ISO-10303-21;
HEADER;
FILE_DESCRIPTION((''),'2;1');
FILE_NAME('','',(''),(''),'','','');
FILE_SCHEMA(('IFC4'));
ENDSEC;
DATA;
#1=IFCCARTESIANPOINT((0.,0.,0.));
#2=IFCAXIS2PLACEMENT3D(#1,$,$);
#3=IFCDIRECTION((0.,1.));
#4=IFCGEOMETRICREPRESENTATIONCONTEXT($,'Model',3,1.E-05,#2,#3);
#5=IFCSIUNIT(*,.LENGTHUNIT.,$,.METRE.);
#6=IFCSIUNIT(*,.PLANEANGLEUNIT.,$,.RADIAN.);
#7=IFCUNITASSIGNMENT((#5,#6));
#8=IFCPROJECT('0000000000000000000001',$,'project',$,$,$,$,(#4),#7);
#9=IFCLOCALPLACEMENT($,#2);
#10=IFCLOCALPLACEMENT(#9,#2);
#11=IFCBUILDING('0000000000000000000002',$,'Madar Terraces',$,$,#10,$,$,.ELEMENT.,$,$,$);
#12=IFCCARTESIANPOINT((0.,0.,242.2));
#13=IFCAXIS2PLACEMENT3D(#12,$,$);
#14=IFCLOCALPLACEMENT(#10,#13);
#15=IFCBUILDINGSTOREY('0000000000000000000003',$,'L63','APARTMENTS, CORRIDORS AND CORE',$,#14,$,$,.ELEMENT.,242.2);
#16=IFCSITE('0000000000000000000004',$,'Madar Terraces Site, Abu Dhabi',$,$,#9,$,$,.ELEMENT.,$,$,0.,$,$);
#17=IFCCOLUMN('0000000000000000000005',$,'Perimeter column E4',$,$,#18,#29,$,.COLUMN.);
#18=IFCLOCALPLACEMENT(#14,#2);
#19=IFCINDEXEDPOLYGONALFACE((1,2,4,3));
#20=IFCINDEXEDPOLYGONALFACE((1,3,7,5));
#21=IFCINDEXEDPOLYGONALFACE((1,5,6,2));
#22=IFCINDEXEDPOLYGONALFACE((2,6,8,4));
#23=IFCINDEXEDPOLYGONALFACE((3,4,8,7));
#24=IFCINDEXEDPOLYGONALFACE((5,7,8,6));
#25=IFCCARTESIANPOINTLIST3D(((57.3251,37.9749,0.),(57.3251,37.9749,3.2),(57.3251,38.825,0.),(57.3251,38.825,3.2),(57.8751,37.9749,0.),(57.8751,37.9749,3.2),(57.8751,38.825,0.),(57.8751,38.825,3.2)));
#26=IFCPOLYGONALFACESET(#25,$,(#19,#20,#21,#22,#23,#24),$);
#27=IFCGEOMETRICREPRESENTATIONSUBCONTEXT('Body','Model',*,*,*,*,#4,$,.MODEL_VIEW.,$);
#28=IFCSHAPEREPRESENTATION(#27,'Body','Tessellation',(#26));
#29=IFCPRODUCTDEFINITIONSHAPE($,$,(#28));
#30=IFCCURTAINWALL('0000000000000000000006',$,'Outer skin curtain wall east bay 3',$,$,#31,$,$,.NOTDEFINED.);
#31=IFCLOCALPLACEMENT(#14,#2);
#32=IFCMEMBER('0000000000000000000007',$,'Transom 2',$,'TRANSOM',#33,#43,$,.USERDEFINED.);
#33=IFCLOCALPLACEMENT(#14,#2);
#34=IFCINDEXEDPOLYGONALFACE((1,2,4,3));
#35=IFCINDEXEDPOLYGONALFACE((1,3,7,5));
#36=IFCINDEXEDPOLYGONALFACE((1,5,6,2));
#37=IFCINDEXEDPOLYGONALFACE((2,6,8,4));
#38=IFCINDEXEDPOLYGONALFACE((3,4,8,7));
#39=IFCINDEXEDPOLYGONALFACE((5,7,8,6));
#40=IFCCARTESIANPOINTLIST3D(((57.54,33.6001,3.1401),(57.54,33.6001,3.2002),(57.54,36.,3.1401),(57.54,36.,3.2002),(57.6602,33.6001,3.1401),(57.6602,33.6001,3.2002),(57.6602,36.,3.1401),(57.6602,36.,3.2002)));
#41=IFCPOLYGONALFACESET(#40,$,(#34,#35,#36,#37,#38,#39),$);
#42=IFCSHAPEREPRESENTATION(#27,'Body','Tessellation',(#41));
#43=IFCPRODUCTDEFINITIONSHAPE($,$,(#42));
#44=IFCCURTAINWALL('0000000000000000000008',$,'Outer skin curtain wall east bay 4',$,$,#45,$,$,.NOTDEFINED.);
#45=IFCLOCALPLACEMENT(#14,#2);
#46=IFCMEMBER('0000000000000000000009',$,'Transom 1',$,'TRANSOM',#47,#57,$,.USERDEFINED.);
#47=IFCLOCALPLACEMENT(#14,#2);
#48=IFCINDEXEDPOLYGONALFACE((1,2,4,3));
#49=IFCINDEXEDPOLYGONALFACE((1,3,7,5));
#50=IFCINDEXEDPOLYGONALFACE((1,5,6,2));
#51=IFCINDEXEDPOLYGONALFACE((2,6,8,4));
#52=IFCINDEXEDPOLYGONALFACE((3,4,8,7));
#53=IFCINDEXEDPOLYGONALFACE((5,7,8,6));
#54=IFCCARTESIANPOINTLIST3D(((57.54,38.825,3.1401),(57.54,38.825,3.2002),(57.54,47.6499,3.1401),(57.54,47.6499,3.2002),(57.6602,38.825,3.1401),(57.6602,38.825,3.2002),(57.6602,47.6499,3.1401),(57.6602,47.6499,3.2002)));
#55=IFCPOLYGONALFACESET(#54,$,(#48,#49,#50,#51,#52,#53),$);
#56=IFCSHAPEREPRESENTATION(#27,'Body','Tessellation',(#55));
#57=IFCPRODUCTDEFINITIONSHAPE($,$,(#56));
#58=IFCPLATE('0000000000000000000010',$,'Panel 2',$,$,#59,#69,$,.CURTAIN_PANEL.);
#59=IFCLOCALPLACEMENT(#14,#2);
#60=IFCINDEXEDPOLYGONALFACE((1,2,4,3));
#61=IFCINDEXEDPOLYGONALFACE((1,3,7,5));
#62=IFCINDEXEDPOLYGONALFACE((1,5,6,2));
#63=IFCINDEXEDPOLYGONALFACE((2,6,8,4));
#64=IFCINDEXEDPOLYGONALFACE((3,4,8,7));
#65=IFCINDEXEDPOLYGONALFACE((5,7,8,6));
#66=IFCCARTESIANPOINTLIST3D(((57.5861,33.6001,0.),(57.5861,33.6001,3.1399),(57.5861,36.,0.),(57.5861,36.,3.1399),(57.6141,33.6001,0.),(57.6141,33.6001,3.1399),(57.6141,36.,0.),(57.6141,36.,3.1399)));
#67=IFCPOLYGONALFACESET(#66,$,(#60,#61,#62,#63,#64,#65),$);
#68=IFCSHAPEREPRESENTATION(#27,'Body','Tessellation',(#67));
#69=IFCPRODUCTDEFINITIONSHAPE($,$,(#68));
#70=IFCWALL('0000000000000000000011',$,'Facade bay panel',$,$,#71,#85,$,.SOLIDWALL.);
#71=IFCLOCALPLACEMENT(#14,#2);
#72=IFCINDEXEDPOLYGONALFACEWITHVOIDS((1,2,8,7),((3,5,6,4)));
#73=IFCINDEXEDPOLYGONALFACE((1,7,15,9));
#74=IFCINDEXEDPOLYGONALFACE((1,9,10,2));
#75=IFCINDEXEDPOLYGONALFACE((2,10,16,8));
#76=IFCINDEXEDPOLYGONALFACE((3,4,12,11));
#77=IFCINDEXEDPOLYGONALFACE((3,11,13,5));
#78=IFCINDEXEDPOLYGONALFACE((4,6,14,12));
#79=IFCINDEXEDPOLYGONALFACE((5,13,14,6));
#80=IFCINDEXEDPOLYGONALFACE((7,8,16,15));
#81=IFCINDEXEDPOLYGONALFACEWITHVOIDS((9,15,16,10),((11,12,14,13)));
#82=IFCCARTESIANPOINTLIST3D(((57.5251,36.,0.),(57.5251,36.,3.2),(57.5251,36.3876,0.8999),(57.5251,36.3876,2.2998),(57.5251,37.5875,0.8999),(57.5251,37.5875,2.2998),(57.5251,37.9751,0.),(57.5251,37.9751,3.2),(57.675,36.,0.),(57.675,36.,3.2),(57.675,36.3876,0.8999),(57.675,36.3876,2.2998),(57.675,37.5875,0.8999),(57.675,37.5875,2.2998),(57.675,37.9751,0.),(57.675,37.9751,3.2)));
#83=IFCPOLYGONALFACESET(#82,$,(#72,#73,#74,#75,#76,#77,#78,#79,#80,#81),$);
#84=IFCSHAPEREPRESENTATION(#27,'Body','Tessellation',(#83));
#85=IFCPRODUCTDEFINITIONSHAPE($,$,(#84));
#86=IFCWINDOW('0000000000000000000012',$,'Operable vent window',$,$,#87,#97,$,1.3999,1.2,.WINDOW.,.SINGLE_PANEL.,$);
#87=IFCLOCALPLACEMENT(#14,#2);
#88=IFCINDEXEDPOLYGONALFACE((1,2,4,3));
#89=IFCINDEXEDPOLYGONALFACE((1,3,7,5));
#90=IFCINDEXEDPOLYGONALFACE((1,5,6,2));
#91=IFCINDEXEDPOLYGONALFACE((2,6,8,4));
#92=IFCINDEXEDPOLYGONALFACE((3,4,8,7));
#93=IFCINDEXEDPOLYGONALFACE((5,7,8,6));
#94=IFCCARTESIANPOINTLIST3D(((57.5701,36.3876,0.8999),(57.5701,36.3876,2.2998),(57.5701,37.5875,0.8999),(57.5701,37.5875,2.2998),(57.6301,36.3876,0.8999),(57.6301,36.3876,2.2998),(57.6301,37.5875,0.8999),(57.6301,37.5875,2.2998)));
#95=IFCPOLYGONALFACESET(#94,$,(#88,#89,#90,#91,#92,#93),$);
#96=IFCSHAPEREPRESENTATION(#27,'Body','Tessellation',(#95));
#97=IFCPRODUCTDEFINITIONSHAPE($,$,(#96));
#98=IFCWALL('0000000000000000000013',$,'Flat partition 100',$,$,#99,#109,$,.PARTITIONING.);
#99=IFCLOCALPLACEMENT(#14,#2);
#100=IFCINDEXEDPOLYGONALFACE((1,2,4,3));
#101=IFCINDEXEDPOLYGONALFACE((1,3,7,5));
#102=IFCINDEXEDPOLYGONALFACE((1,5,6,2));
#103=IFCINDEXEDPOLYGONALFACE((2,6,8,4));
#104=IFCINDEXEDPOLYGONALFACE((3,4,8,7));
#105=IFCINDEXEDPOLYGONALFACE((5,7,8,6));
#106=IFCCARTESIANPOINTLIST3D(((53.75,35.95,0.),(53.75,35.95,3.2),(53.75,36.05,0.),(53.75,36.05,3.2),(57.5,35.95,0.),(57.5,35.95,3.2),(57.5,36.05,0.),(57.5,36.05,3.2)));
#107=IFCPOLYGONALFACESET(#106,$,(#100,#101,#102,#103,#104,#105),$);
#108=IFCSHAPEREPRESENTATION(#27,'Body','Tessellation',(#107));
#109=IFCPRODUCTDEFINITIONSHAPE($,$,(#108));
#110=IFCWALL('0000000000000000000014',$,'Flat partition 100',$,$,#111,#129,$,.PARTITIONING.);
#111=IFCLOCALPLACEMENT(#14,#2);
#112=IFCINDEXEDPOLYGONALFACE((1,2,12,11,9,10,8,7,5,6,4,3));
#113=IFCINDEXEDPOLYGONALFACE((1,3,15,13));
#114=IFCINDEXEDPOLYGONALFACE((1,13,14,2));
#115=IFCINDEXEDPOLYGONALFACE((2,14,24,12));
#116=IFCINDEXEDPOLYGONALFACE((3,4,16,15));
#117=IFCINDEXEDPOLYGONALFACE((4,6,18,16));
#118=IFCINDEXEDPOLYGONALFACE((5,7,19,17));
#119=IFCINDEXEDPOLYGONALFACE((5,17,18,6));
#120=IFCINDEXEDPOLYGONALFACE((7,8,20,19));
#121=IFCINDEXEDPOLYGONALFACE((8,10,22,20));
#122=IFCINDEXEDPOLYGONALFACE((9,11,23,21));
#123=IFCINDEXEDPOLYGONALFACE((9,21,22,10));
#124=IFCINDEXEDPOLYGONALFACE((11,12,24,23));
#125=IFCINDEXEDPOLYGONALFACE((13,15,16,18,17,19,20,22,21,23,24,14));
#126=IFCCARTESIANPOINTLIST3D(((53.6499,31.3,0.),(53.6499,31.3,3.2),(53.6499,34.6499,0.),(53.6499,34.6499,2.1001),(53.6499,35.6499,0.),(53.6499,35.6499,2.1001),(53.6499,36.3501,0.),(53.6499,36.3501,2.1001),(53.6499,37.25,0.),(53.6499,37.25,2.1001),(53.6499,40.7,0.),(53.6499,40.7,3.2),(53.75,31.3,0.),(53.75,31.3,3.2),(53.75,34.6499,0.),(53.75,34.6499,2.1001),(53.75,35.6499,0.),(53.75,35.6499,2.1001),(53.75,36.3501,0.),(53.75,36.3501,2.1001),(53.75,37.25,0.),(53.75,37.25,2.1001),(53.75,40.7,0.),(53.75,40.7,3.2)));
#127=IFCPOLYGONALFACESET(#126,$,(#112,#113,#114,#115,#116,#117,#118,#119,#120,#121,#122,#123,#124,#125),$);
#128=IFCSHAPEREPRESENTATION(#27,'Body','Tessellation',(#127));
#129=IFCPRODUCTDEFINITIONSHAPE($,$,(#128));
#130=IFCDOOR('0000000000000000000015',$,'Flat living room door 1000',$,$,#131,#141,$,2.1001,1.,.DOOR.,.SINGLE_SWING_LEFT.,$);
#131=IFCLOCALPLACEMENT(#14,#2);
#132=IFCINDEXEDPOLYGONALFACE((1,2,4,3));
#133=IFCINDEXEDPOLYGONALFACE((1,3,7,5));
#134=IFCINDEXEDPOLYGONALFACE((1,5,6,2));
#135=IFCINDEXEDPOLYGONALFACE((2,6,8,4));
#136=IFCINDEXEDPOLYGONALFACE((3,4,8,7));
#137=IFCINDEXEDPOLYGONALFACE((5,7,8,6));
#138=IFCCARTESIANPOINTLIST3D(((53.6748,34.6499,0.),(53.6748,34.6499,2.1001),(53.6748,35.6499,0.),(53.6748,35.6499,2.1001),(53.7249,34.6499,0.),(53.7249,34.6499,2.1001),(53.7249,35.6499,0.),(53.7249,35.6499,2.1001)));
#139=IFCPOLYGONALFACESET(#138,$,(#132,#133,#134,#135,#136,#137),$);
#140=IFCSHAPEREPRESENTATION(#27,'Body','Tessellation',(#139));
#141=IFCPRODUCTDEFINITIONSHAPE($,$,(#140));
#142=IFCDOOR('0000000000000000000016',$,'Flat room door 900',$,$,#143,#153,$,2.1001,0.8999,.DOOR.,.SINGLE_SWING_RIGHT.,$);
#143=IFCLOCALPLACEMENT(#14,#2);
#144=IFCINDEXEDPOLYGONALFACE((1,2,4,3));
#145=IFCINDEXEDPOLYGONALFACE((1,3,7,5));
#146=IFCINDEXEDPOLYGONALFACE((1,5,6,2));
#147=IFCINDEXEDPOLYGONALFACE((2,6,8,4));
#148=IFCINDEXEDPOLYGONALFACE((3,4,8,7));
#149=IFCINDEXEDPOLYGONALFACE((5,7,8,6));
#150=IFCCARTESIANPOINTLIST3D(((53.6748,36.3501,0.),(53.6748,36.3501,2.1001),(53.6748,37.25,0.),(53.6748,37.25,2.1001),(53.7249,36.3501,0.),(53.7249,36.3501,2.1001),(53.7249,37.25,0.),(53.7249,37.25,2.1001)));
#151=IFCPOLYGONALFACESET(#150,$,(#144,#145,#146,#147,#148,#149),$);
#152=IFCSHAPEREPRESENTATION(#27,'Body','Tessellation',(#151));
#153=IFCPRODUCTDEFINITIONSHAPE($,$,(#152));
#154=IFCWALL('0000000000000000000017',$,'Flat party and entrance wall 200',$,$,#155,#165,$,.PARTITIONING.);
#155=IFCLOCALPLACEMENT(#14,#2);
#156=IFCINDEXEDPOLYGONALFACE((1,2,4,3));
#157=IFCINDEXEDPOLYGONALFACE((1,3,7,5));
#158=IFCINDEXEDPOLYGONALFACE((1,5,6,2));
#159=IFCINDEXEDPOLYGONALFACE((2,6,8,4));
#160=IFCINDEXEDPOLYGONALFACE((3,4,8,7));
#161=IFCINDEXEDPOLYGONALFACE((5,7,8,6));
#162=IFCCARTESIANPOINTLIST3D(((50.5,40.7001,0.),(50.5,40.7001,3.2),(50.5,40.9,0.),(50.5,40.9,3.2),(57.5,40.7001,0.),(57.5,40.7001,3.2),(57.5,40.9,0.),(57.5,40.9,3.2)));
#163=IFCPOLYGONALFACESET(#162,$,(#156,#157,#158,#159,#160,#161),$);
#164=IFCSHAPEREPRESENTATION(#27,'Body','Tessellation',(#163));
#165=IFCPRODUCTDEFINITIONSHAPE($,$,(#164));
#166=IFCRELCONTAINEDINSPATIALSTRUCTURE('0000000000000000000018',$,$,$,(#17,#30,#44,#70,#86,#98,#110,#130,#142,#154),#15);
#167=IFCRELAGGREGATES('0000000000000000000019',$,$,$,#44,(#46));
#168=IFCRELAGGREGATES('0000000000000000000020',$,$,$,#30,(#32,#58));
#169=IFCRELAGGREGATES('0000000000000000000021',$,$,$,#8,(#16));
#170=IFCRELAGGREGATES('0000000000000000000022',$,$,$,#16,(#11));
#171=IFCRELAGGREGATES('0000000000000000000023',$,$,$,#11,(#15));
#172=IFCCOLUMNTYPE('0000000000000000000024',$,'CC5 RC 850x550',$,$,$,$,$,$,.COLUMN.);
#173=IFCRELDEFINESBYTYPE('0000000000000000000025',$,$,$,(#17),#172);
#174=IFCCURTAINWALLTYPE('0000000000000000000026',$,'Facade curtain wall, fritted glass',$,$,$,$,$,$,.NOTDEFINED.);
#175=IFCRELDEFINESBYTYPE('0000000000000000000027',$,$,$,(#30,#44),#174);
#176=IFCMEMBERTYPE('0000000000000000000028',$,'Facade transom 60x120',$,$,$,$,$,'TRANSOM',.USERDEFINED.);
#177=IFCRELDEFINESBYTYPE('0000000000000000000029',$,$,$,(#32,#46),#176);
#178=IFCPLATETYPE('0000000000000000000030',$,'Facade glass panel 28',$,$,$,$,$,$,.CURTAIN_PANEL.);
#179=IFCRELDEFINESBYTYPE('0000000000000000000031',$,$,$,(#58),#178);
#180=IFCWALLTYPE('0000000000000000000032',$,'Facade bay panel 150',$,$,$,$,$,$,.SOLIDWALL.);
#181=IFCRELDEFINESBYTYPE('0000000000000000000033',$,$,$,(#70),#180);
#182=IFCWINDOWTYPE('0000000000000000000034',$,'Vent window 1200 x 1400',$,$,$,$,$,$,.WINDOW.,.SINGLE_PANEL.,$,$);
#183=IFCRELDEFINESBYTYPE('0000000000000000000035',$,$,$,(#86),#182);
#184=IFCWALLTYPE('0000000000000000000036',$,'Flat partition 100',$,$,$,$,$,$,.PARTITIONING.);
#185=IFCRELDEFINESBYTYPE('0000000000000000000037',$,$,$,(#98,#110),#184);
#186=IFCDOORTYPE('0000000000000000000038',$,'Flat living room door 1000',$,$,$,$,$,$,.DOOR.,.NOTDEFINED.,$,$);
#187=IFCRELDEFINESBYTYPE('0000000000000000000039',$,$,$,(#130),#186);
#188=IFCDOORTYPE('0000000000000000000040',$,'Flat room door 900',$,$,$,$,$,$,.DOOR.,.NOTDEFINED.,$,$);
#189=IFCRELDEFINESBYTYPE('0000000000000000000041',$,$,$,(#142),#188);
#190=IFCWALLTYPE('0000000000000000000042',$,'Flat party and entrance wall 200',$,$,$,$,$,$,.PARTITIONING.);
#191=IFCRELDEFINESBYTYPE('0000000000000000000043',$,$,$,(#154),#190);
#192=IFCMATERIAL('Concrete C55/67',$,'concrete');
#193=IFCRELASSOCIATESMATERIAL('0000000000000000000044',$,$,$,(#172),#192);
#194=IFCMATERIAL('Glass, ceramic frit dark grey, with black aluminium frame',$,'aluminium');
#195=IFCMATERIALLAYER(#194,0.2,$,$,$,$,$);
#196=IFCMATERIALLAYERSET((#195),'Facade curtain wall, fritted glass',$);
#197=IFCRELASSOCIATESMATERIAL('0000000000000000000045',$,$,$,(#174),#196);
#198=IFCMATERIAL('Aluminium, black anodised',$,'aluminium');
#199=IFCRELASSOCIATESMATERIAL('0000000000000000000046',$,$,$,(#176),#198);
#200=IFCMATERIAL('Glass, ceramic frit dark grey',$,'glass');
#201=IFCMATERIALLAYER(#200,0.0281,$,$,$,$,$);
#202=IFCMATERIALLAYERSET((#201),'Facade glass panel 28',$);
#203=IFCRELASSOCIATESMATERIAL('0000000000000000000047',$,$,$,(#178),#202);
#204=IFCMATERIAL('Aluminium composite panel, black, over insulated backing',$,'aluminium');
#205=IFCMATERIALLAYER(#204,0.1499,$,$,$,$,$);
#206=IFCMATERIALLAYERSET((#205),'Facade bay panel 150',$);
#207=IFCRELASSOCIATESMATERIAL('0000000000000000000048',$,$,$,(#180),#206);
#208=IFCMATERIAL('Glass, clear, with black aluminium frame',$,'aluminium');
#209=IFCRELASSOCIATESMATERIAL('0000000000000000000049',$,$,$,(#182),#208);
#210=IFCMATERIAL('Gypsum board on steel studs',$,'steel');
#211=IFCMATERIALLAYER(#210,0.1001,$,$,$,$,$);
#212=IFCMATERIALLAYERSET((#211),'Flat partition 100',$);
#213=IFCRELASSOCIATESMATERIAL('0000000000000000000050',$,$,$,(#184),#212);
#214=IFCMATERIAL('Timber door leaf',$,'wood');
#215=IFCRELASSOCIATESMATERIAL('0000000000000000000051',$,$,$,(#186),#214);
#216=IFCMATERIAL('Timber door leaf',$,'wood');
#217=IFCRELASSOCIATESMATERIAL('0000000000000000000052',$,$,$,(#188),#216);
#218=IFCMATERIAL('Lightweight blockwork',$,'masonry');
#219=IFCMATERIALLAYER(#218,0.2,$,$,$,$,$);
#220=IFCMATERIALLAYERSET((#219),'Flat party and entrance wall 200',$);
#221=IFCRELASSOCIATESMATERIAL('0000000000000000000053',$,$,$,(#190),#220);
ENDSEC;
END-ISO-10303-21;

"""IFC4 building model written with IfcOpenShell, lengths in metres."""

from ifc_helpers import new_model, si_unit, direction, frame, frame_2d, origin, origin_2d, place, context, subcontext, project, spatial, rectangle, extrude, material, layer, layer_set, material_profile, profile_set, type_object, element, fill, aggregate, save


model = new_model("IFC4")

# Units and contexts
model_context = context("Model", 3, precision=1e-05, world=origin(), true_north=direction((0.0, 1.0)))
body_context = subcontext(model_context, "Body", "Model", "MODEL_VIEW")
ifc_project = project(units=[si_unit("LENGTHUNIT", "METRE"), si_unit("PLANEANGLEUNIT", "RADIAN")], contexts=[model_context])

# Site, building, storey
site_placement = place(None, origin())
site = spatial("IfcSite", under=ifc_project, at=site_placement, Name="Madar Terraces Site, Abu Dhabi", CompositionType="ELEMENT", RefElevation=0.0)
building_placement = place(site_placement, origin())
building = spatial("IfcBuilding", under=site, at=building_placement, Name="Madar Terraces", CompositionType="ELEMENT")
storey_placement = place(building_placement, frame((0.0, 0.0, 242.2)))
storey = spatial("IfcBuildingStorey", under=building, at=storey_placement, Name="L63", Description="APARTMENTS, CORRIDORS AND CORE", CompositionType="ELEMENT", Elevation=242.2)

# Column
ifc_material_1 = material(Name="Concrete C55/67", Category="concrete")
ifc_material_profile_1 = material_profile(ifc_material_1, rectangle(XDim=0.8501, YDim=0.55, at=origin_2d()), Name="CC5 RC 850x550")
ifc_profile_set_1 = profile_set([ifc_material_profile_1], Name="Concrete C55/67")
column_type = type_object("IfcColumnType", Name="CC5 RC 850x550", PredefinedType="COLUMN", material=ifc_profile_set_1)
column_placement = place(storey_placement, frame((57.6001, 38.3999, 0.0), z_axis=(0.0, 0.0, 1.0), x_axis=(0.0, 1.0, 0.0)))
element("IfcColumn", 1, at=column_placement, inside=storey, type_object=column_type, Name="Perimeter column E4", PredefinedType="COLUMN", context=body_context, shape_type="SweptSolid", body=[
    extrude(rectangle(XDim=0.8501, YDim=0.55, at=origin_2d()), origin(), (0.0, 0.0, 1.0), 3.2),
])

# Curtain walls, members
ifc_material_2 = material(Name="Glass, ceramic frit dark grey, with black aluminium frame", Category="aluminium")
ifc_layer_1 = layer(ifc_material_2, 0.2)
ifc_layer_set_1 = layer_set([ifc_layer_1], Name="Facade curtain wall, fritted glass")
curtain_wall_type = type_object("IfcCurtainWallType", Name="Facade curtain wall, fritted glass", PredefinedType="NOTDEFINED", material=ifc_layer_set_1)
curtain_wall_1_placement = place(storey_placement, origin())
curtain_wall_1 = element("IfcCurtainWall", 2, at=curtain_wall_1_placement, inside=storey, type_object=curtain_wall_type, Name="Outer skin curtain wall east bay 3", PredefinedType="NOTDEFINED")
ifc_material_3 = material(Name="Aluminium, black anodised", Category="aluminium")
ifc_material_profile_2 = material_profile(ifc_material_3, rectangle(XDim=0.1201, YDim=0.0601, at=origin_2d()), Name="Facade transom 60x120")
ifc_profile_set_2 = profile_set([ifc_material_profile_2], Name="Aluminium, black anodised")
member_type = type_object("IfcMemberType", Name="Facade transom 60x120", ElementType="TRANSOM", PredefinedType="USERDEFINED", material=ifc_profile_set_2)
member_1_placement = place(storey_placement, frame((57.6001, 33.6001, 3.1702), z_axis=(0.0, 1.0, 0.0), x_axis=(-1.0, 0.0, 0.0)))
member_1 = element("IfcMember", 3, at=member_1_placement, type_object=member_type, Name="Transom 2", ObjectType="TRANSOM", PredefinedType="USERDEFINED", context=body_context, shape_type="SweptSolid", body=[
    extrude(rectangle(XDim=0.1201, YDim=0.0601, at=origin_2d()), origin(), (0.0, 0.0, 1.0), 2.3999),
])
curtain_wall_2_placement = place(storey_placement, origin())
curtain_wall_2 = element("IfcCurtainWall", 4, at=curtain_wall_2_placement, inside=storey, type_object=curtain_wall_type, Name="Outer skin curtain wall east bay 4", PredefinedType="NOTDEFINED")
member_2_placement = place(storey_placement, frame((57.6001, 38.825, 3.1702), z_axis=(0.0, 1.0, 0.0), x_axis=(-1.0, 0.0, 0.0)))
member_2 = element("IfcMember", 5, at=member_2_placement, type_object=member_type, Name="Transom 1", ObjectType="TRANSOM", PredefinedType="USERDEFINED", context=body_context, shape_type="SweptSolid", body=[
    extrude(rectangle(XDim=0.1201, YDim=0.0601, at=origin_2d()), origin(), (0.0, 0.0, 1.0), 8.825),
])
aggregate(curtain_wall_2, [member_2])

# Plate
ifc_material_4 = material(Name="Glass, ceramic frit dark grey", Category="glass")
ifc_layer_2 = layer(ifc_material_4, 0.0281)
ifc_layer_set_2 = layer_set([ifc_layer_2], Name="Facade glass panel 28")
plate_type = type_object("IfcPlateType", Name="Facade glass panel 28", PredefinedType="CURTAIN_PANEL", material=ifc_layer_set_2)
plate_placement = place(storey_placement, frame((57.6001, 34.8, 0.0), z_axis=(0.0, 0.0, 1.0), x_axis=(0.0, 1.0, 0.0)))
plate = element("IfcPlate", 6, at=plate_placement, type_object=plate_type, Name="Panel 2", PredefinedType="CURTAIN_PANEL", context=body_context, shape_type="SweptSolid", body=[
    extrude(rectangle(XDim=2.3999, YDim=0.0281, at=origin_2d()), origin(), (0.0, 0.0, 1.0), 3.1399),
])
aggregate(curtain_wall_1, [member_1, plate])

# Wall, opening, window
ifc_material_5 = material(Name="Aluminium composite panel, black, over insulated backing", Category="aluminium")
ifc_layer_3 = layer(ifc_material_5, 0.1499)
ifc_layer_set_3 = layer_set([ifc_layer_3], Name="Facade bay panel 150")
wall_type_1 = type_object("IfcWallType", Name="Facade bay panel 150", PredefinedType="SOLIDWALL", material=ifc_layer_set_3)
wall_1_placement = place(storey_placement, frame((57.6001, 36.0, 0.0), z_axis=(0.0, 0.0, 1.0), x_axis=(0.0, 1.0, 0.0)))
wall_1 = element("IfcWall", 7, at=wall_1_placement, inside=storey, type_object=wall_type_1, Name="Facade bay panel", PredefinedType="SOLIDWALL", context=body_context, shape_type="SweptSolid", body=[
    extrude(rectangle(XDim=1.9751, YDim=0.1499, at=frame_2d((0.9875, 0.0))), origin(), (0.0, 0.0, 1.0), 3.2),
])
opening_1_placement = place(wall_1_placement, frame((0.3875, 0.0, 0.8999)))
opening_1 = element("IfcOpeningElement", 8, at=opening_1_placement, cuts=wall_1, PredefinedType="OPENING", context=body_context, shape_type="SweptSolid", body=[
    extrude(rectangle(XDim=1.2, YDim=1.3999, at=frame_2d((0.6001, 0.7))), frame((0.0, 0.085, 0.0), z_axis=(0.0, -1.0, 0.0), x_axis=(1.0, 0.0, 0.0)), (0.0, 0.0, 1.0), 0.1699),
])
ifc_material_6 = material(Name="Glass, clear, with black aluminium frame", Category="aluminium")
window_type = type_object("IfcWindowType", Name="Vent window 1200 x 1400", PartitioningType="SINGLE_PANEL", PredefinedType="WINDOW", material=ifc_material_6)
window_placement = place(opening_1_placement, origin())
window = element("IfcWindow", 9, at=window_placement, inside=storey, type_object=window_type, Name="Operable vent window", OverallHeight=1.3999, OverallWidth=1.2, PartitioningType="SINGLE_PANEL", PredefinedType="WINDOW", context=body_context, shape_type="SweptSolid", body=[
    extrude(rectangle(XDim=1.2, YDim=1.3999, at=frame_2d((0.6001, 0.7))), frame((0.0, 0.03, 0.0), z_axis=(0.0, -1.0, 0.0), x_axis=(1.0, 0.0, 0.0)), (0.0, 0.0, 1.0), 0.0601),
])
fill(opening_1, window)

# Wall
ifc_material_7 = material(Name="Gypsum board on steel studs", Category="steel")
ifc_layer_4 = layer(ifc_material_7, 0.1001)
ifc_layer_set_4 = layer_set([ifc_layer_4], Name="Flat partition 100")
wall_type_2 = type_object("IfcWallType", Name="Flat partition 100", PredefinedType="PARTITIONING", material=ifc_layer_set_4)
wall_2_placement = place(storey_placement, frame((53.75, 36.0, 0.0), z_axis=(0.0, 0.0, 1.0), x_axis=(1.0, 0.0, 0.0)))
element("IfcWall", 10, at=wall_2_placement, inside=storey, type_object=wall_type_2, Name="Flat partition 100", PredefinedType="PARTITIONING", context=body_context, shape_type="SweptSolid", body=[
    extrude(rectangle(XDim=3.75, YDim=0.1001, at=frame_2d((1.875, 0.0))), origin(), (0.0, 0.0, 1.0), 3.2),
])

# Wall, openings, doors
wall_3_placement = place(storey_placement, frame((53.7, 40.7, 0.0), z_axis=(0.0, 0.0, 1.0), x_axis=(0.0, -1.0, 0.0)))
wall_3 = element("IfcWall", 11, at=wall_3_placement, inside=storey, type_object=wall_type_2, Name="Flat partition 100", PredefinedType="PARTITIONING", context=body_context, shape_type="SweptSolid", body=[
    extrude(rectangle(XDim=9.3999, YDim=0.1001, at=frame_2d((4.7, 0.0))), origin(), (0.0, 0.0, 1.0), 3.2),
])
opening_2_placement = place(wall_3_placement, frame((3.45, 0.0, 0.0)))
opening_2 = element("IfcOpeningElement", 12, at=opening_2_placement, cuts=wall_3, PredefinedType="OPENING", context=body_context, shape_type="SweptSolid", body=[
    extrude(rectangle(XDim=0.8999, YDim=2.1001, at=frame_2d((0.45, 1.05))), frame((0.0, 0.0601, 0.0), z_axis=(0.0, -1.0, 0.0), x_axis=(1.0, 0.0, 0.0)), (0.0, 0.0, 1.0), 0.1201),
])
opening_3_placement = place(wall_3_placement, frame((5.05, 0.0, 0.0)))
opening_3 = element("IfcOpeningElement", 13, at=opening_3_placement, cuts=wall_3, PredefinedType="OPENING", context=body_context, shape_type="SweptSolid", body=[
    extrude(rectangle(XDim=1.0, YDim=2.1001, at=frame_2d((0.5, 1.05))), frame((0.0, 0.0601, 0.0), z_axis=(0.0, -1.0, 0.0), x_axis=(1.0, 0.0, 0.0)), (0.0, 0.0, 1.0), 0.1201),
])
ifc_material_8 = material(Name="Timber door leaf", Category="wood")
door_type_1 = type_object("IfcDoorType", Name="Flat living room door 1000", OperationType="NOTDEFINED", PredefinedType="DOOR", material=ifc_material_8)
door_1_placement = place(opening_3_placement, origin())
door_1 = element("IfcDoor", 14, at=door_1_placement, inside=storey, type_object=door_type_1, Name="Flat living room door 1000", OperationType="SINGLE_SWING_LEFT", OverallHeight=2.1001, OverallWidth=1.0, PredefinedType="DOOR", context=body_context, shape_type="SweptSolid", body=[
    extrude(rectangle(XDim=1.0, YDim=2.1001, at=frame_2d((0.5, 1.05))), frame((0.0, 0.0249, 0.0), z_axis=(0.0, -1.0, 0.0), x_axis=(1.0, 0.0, 0.0)), (0.0, 0.0, 1.0), 0.05),
])
fill(opening_3, door_1)
ifc_material_9 = material(Name="Timber door leaf", Category="wood")
door_type_2 = type_object("IfcDoorType", Name="Flat room door 900", OperationType="NOTDEFINED", PredefinedType="DOOR", material=ifc_material_9)
door_2_placement = place(opening_2_placement, origin())
door_2 = element("IfcDoor", 15, at=door_2_placement, inside=storey, type_object=door_type_2, Name="Flat room door 900", OperationType="SINGLE_SWING_RIGHT", OverallHeight=2.1001, OverallWidth=0.8999, PredefinedType="DOOR", context=body_context, shape_type="SweptSolid", body=[
    extrude(rectangle(XDim=0.8999, YDim=2.1001, at=frame_2d((0.45, 1.05))), frame((0.0, 0.0249, 0.0), z_axis=(0.0, -1.0, 0.0), x_axis=(1.0, 0.0, 0.0)), (0.0, 0.0, 1.0), 0.05),
])
fill(opening_2, door_2)

# Wall
ifc_material_10 = material(Name="Lightweight blockwork", Category="masonry")
ifc_layer_5 = layer(ifc_material_10, 0.2)
ifc_layer_set_5 = layer_set([ifc_layer_5], Name="Flat party and entrance wall 200")
wall_type_3 = type_object("IfcWallType", Name="Flat party and entrance wall 200", PredefinedType="PARTITIONING", material=ifc_layer_set_5)
wall_4_placement = place(storey_placement, frame((50.5, 40.8, 0.0), z_axis=(0.0, 0.0, 1.0), x_axis=(1.0, 0.0, 0.0)))
element("IfcWall", 16, at=wall_4_placement, inside=storey, type_object=wall_type_3, Name="Flat party and entrance wall 200", PredefinedType="PARTITIONING", context=body_context, shape_type="SweptSolid", body=[
    extrude(rectangle(XDim=7.0, YDim=0.2, at=frame_2d((3.5, 0.0))), origin(), (0.0, 0.0, 1.0), 3.2),
])

save(model, "model.ifc")
